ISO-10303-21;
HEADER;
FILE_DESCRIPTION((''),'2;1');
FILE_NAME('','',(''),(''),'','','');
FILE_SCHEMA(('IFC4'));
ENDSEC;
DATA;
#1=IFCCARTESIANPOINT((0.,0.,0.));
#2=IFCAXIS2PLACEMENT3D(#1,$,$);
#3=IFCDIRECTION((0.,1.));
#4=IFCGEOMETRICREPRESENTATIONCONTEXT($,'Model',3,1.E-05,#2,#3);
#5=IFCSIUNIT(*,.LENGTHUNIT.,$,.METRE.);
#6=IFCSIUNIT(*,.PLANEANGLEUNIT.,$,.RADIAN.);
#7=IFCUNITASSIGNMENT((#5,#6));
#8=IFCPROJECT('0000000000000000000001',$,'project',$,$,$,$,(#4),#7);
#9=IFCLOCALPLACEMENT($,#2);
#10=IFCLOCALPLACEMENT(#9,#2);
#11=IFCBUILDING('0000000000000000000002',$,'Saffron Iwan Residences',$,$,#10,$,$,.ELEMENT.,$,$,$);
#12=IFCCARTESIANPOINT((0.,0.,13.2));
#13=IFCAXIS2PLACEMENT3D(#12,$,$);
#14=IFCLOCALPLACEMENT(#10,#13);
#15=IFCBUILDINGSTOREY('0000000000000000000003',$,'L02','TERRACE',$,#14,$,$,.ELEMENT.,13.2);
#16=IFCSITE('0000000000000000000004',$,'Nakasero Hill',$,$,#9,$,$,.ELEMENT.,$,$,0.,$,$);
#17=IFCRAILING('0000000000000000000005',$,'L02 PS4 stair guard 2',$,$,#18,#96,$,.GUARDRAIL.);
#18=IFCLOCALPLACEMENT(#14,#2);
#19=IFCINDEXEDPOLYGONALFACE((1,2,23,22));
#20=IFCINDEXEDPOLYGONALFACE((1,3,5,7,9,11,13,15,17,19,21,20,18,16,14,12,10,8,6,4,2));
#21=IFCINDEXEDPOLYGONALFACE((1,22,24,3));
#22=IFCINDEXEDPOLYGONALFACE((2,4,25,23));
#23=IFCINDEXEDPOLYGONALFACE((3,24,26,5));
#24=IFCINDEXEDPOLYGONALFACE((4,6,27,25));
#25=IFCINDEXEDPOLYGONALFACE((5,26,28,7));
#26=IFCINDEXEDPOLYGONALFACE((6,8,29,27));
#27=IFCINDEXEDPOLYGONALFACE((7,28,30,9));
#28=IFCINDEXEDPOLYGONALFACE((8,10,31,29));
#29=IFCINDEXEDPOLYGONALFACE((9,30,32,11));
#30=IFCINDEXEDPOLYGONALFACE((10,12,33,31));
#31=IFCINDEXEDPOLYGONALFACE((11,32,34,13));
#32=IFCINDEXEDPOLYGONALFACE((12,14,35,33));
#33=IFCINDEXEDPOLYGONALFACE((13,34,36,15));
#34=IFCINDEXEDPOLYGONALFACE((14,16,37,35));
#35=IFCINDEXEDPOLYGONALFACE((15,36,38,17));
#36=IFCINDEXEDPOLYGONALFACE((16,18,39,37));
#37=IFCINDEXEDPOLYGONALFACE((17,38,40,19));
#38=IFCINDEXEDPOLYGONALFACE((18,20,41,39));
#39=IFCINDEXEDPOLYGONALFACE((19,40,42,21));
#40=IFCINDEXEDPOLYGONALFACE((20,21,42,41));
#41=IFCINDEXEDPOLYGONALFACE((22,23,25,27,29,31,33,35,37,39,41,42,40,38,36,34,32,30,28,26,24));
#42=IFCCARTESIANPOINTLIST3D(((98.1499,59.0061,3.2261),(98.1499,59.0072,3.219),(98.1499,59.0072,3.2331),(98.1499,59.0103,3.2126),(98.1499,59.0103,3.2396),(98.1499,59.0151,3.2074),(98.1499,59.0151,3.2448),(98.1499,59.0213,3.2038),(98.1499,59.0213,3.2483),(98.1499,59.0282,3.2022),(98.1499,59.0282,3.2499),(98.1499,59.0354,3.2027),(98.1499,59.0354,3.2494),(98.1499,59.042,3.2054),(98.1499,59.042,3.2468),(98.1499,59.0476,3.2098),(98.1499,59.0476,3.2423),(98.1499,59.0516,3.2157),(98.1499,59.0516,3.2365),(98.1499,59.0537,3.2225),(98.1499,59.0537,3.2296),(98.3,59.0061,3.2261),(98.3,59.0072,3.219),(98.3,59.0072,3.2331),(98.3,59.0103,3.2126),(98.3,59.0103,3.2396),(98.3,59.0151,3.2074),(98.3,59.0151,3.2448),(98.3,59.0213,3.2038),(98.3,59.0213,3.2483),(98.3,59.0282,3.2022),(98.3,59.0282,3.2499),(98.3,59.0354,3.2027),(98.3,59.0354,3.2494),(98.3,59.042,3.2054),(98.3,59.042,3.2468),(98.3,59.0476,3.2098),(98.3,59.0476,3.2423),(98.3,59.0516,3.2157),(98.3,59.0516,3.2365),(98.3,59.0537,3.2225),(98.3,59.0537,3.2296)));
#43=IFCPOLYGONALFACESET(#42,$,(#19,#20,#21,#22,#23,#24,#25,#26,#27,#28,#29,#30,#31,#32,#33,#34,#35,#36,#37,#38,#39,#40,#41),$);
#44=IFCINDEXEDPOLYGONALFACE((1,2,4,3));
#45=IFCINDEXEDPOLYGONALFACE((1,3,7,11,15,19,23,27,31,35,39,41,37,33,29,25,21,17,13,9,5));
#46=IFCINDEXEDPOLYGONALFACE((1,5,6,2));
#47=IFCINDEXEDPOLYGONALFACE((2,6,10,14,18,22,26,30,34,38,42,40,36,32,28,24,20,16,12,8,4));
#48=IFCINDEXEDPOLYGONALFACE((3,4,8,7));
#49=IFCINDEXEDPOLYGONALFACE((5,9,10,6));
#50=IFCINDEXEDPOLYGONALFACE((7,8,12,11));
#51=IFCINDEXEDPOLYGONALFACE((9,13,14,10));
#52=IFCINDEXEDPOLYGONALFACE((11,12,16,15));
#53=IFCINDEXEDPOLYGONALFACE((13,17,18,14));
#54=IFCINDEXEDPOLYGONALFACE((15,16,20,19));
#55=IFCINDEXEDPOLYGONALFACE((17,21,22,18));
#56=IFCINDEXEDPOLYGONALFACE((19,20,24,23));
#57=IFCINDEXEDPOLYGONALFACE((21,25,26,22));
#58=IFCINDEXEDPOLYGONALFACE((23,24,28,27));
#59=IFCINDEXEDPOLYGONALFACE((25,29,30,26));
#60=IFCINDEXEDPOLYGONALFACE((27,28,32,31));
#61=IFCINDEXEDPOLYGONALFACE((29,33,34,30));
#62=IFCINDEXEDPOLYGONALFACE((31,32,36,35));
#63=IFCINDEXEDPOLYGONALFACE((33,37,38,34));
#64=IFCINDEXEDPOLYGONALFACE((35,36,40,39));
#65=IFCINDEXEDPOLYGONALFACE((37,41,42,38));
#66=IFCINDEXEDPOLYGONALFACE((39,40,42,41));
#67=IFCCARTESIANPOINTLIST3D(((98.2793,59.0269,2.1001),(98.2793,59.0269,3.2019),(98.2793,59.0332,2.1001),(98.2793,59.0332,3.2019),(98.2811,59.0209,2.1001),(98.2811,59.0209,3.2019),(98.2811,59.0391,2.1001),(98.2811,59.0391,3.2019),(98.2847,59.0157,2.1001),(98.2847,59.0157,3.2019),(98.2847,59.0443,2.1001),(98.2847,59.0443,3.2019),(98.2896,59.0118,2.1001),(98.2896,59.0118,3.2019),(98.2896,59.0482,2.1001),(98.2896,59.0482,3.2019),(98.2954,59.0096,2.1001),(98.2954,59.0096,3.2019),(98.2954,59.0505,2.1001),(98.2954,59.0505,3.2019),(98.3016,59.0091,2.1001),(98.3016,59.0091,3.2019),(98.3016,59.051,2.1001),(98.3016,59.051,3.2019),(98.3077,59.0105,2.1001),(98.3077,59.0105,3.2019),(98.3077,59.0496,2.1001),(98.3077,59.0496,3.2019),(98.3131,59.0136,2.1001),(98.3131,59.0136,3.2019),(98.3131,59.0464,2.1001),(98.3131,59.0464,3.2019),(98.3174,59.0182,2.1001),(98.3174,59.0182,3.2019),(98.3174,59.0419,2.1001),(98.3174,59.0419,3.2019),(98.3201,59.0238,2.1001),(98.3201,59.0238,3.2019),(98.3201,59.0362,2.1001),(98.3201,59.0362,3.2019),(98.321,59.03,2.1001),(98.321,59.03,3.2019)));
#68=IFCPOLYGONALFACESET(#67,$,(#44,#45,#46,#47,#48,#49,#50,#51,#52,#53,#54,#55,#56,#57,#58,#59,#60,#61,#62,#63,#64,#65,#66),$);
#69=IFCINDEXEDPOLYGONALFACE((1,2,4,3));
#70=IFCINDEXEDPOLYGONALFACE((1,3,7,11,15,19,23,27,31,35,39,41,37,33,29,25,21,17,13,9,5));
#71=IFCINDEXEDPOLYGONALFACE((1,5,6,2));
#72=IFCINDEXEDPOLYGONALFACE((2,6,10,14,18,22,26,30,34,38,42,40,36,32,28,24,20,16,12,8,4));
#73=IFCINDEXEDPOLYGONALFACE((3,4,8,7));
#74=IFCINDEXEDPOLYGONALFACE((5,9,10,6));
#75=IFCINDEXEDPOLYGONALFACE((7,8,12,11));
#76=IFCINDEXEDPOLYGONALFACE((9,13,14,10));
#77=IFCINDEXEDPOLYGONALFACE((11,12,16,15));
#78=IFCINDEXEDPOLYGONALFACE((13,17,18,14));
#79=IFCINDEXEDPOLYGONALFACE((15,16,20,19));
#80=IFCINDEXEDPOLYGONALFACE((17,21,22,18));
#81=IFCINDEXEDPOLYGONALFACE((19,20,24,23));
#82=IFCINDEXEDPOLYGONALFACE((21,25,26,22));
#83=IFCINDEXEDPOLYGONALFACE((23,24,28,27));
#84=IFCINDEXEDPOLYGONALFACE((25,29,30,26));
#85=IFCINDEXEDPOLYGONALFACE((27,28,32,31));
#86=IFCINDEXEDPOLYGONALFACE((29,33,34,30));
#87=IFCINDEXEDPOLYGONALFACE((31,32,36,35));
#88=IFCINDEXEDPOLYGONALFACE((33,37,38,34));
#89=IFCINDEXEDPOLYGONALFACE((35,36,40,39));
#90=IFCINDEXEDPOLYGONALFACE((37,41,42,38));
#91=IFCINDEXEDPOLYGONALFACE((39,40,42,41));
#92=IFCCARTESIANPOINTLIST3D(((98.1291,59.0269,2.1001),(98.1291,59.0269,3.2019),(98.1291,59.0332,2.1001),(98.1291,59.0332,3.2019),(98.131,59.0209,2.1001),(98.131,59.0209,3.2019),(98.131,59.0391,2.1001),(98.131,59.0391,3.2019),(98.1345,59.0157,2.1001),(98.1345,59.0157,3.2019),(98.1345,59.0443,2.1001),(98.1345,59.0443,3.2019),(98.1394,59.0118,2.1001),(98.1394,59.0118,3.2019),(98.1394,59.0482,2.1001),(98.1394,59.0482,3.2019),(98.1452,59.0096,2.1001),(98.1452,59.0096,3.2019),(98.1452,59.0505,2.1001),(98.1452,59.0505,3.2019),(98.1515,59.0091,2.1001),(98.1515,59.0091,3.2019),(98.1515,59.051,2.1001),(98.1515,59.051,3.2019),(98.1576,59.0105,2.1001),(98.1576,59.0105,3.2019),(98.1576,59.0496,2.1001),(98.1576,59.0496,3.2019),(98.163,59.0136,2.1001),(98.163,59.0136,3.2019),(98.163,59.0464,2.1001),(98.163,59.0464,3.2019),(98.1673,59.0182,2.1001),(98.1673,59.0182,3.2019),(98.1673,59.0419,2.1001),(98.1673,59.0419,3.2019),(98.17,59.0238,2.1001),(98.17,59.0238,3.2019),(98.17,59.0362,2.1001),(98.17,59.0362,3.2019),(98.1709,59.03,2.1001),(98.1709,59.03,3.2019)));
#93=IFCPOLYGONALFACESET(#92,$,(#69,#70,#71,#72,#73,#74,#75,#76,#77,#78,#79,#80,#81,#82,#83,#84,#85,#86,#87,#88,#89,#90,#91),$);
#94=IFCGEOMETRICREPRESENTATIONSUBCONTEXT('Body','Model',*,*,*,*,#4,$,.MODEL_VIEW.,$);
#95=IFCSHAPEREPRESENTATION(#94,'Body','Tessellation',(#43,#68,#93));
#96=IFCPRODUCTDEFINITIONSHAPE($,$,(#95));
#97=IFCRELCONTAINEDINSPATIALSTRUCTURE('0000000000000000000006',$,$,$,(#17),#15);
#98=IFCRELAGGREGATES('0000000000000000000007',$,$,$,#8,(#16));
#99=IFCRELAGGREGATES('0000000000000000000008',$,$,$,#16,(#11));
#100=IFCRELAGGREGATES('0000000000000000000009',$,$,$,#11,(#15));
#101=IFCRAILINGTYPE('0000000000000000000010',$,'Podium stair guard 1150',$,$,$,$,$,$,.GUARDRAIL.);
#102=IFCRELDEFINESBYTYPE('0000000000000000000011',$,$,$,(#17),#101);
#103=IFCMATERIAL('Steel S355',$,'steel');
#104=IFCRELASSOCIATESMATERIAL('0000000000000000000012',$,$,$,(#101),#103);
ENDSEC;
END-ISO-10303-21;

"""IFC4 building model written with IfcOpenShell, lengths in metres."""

from ifc_helpers import new_model, si_unit, direction, frame, origin, origin_2d, place, context, subcontext, project, spatial, circle, extrude, material, type_object, element, save


model = new_model("IFC4")

# Units and contexts
model_context = context("Model", 3, precision=1e-05, world=origin(), true_north=direction((0.0, 1.0)))
body_context = subcontext(model_context, "Body", "Model", "MODEL_VIEW")
ifc_project = project(units=[si_unit("LENGTHUNIT", "METRE"), si_unit("PLANEANGLEUNIT", "RADIAN")], contexts=[model_context])

# Site, building, storey
site_placement = place(None, origin())
site = spatial("IfcSite", under=ifc_project, at=site_placement, Name="Nakasero Hill", CompositionType="ELEMENT", RefElevation=0.0)
building_placement = place(site_placement, origin())
building = spatial("IfcBuilding", under=site, at=building_placement, Name="Saffron Iwan Residences", CompositionType="ELEMENT")
storey_placement = place(building_placement, frame((0.0, 0.0, 13.2)))
storey = spatial("IfcBuildingStorey", under=building, at=storey_placement, Name="L02", Description="TERRACE", CompositionType="ELEMENT", Elevation=13.2)

# Railing
ifc_material_1 = material(Name="Steel S355", Category="steel")
railing_type_1 = type_object("IfcRailingType", Name="Podium stair guard 1150", PredefinedType="GUARDRAIL", material=ifc_material_1)
railing_1_placement = place(storey_placement, frame((98.3, 59.03, 2.1001)))
element("IfcRailing", 1, at=railing_1_placement, inside=storey, type_object=railing_type_1, Name="L02 PS4 stair guard 2", PredefinedType="GUARDRAIL", context=body_context, shape_type="SweptSolid", body=[
    extrude(circle(Radius=0.0239, at=origin_2d()), frame((0.0, 0.0, 1.126), z_axis=(-1.0, 0.0, 0.0), x_axis=(0.0, -1.0, 0.0)), (0.0, 0.0, 1.0), 0.1501),
    extrude(circle(Radius=0.021, at=origin_2d()), origin(), (0.0, 0.0, 1.0), 1.1018),
    extrude(circle(Radius=0.021, at=origin_2d()), frame((-0.1501, 0.0, 0.0)), (0.0, 0.0, 1.0), 1.1018),
])

save(model, "model.ifc")
